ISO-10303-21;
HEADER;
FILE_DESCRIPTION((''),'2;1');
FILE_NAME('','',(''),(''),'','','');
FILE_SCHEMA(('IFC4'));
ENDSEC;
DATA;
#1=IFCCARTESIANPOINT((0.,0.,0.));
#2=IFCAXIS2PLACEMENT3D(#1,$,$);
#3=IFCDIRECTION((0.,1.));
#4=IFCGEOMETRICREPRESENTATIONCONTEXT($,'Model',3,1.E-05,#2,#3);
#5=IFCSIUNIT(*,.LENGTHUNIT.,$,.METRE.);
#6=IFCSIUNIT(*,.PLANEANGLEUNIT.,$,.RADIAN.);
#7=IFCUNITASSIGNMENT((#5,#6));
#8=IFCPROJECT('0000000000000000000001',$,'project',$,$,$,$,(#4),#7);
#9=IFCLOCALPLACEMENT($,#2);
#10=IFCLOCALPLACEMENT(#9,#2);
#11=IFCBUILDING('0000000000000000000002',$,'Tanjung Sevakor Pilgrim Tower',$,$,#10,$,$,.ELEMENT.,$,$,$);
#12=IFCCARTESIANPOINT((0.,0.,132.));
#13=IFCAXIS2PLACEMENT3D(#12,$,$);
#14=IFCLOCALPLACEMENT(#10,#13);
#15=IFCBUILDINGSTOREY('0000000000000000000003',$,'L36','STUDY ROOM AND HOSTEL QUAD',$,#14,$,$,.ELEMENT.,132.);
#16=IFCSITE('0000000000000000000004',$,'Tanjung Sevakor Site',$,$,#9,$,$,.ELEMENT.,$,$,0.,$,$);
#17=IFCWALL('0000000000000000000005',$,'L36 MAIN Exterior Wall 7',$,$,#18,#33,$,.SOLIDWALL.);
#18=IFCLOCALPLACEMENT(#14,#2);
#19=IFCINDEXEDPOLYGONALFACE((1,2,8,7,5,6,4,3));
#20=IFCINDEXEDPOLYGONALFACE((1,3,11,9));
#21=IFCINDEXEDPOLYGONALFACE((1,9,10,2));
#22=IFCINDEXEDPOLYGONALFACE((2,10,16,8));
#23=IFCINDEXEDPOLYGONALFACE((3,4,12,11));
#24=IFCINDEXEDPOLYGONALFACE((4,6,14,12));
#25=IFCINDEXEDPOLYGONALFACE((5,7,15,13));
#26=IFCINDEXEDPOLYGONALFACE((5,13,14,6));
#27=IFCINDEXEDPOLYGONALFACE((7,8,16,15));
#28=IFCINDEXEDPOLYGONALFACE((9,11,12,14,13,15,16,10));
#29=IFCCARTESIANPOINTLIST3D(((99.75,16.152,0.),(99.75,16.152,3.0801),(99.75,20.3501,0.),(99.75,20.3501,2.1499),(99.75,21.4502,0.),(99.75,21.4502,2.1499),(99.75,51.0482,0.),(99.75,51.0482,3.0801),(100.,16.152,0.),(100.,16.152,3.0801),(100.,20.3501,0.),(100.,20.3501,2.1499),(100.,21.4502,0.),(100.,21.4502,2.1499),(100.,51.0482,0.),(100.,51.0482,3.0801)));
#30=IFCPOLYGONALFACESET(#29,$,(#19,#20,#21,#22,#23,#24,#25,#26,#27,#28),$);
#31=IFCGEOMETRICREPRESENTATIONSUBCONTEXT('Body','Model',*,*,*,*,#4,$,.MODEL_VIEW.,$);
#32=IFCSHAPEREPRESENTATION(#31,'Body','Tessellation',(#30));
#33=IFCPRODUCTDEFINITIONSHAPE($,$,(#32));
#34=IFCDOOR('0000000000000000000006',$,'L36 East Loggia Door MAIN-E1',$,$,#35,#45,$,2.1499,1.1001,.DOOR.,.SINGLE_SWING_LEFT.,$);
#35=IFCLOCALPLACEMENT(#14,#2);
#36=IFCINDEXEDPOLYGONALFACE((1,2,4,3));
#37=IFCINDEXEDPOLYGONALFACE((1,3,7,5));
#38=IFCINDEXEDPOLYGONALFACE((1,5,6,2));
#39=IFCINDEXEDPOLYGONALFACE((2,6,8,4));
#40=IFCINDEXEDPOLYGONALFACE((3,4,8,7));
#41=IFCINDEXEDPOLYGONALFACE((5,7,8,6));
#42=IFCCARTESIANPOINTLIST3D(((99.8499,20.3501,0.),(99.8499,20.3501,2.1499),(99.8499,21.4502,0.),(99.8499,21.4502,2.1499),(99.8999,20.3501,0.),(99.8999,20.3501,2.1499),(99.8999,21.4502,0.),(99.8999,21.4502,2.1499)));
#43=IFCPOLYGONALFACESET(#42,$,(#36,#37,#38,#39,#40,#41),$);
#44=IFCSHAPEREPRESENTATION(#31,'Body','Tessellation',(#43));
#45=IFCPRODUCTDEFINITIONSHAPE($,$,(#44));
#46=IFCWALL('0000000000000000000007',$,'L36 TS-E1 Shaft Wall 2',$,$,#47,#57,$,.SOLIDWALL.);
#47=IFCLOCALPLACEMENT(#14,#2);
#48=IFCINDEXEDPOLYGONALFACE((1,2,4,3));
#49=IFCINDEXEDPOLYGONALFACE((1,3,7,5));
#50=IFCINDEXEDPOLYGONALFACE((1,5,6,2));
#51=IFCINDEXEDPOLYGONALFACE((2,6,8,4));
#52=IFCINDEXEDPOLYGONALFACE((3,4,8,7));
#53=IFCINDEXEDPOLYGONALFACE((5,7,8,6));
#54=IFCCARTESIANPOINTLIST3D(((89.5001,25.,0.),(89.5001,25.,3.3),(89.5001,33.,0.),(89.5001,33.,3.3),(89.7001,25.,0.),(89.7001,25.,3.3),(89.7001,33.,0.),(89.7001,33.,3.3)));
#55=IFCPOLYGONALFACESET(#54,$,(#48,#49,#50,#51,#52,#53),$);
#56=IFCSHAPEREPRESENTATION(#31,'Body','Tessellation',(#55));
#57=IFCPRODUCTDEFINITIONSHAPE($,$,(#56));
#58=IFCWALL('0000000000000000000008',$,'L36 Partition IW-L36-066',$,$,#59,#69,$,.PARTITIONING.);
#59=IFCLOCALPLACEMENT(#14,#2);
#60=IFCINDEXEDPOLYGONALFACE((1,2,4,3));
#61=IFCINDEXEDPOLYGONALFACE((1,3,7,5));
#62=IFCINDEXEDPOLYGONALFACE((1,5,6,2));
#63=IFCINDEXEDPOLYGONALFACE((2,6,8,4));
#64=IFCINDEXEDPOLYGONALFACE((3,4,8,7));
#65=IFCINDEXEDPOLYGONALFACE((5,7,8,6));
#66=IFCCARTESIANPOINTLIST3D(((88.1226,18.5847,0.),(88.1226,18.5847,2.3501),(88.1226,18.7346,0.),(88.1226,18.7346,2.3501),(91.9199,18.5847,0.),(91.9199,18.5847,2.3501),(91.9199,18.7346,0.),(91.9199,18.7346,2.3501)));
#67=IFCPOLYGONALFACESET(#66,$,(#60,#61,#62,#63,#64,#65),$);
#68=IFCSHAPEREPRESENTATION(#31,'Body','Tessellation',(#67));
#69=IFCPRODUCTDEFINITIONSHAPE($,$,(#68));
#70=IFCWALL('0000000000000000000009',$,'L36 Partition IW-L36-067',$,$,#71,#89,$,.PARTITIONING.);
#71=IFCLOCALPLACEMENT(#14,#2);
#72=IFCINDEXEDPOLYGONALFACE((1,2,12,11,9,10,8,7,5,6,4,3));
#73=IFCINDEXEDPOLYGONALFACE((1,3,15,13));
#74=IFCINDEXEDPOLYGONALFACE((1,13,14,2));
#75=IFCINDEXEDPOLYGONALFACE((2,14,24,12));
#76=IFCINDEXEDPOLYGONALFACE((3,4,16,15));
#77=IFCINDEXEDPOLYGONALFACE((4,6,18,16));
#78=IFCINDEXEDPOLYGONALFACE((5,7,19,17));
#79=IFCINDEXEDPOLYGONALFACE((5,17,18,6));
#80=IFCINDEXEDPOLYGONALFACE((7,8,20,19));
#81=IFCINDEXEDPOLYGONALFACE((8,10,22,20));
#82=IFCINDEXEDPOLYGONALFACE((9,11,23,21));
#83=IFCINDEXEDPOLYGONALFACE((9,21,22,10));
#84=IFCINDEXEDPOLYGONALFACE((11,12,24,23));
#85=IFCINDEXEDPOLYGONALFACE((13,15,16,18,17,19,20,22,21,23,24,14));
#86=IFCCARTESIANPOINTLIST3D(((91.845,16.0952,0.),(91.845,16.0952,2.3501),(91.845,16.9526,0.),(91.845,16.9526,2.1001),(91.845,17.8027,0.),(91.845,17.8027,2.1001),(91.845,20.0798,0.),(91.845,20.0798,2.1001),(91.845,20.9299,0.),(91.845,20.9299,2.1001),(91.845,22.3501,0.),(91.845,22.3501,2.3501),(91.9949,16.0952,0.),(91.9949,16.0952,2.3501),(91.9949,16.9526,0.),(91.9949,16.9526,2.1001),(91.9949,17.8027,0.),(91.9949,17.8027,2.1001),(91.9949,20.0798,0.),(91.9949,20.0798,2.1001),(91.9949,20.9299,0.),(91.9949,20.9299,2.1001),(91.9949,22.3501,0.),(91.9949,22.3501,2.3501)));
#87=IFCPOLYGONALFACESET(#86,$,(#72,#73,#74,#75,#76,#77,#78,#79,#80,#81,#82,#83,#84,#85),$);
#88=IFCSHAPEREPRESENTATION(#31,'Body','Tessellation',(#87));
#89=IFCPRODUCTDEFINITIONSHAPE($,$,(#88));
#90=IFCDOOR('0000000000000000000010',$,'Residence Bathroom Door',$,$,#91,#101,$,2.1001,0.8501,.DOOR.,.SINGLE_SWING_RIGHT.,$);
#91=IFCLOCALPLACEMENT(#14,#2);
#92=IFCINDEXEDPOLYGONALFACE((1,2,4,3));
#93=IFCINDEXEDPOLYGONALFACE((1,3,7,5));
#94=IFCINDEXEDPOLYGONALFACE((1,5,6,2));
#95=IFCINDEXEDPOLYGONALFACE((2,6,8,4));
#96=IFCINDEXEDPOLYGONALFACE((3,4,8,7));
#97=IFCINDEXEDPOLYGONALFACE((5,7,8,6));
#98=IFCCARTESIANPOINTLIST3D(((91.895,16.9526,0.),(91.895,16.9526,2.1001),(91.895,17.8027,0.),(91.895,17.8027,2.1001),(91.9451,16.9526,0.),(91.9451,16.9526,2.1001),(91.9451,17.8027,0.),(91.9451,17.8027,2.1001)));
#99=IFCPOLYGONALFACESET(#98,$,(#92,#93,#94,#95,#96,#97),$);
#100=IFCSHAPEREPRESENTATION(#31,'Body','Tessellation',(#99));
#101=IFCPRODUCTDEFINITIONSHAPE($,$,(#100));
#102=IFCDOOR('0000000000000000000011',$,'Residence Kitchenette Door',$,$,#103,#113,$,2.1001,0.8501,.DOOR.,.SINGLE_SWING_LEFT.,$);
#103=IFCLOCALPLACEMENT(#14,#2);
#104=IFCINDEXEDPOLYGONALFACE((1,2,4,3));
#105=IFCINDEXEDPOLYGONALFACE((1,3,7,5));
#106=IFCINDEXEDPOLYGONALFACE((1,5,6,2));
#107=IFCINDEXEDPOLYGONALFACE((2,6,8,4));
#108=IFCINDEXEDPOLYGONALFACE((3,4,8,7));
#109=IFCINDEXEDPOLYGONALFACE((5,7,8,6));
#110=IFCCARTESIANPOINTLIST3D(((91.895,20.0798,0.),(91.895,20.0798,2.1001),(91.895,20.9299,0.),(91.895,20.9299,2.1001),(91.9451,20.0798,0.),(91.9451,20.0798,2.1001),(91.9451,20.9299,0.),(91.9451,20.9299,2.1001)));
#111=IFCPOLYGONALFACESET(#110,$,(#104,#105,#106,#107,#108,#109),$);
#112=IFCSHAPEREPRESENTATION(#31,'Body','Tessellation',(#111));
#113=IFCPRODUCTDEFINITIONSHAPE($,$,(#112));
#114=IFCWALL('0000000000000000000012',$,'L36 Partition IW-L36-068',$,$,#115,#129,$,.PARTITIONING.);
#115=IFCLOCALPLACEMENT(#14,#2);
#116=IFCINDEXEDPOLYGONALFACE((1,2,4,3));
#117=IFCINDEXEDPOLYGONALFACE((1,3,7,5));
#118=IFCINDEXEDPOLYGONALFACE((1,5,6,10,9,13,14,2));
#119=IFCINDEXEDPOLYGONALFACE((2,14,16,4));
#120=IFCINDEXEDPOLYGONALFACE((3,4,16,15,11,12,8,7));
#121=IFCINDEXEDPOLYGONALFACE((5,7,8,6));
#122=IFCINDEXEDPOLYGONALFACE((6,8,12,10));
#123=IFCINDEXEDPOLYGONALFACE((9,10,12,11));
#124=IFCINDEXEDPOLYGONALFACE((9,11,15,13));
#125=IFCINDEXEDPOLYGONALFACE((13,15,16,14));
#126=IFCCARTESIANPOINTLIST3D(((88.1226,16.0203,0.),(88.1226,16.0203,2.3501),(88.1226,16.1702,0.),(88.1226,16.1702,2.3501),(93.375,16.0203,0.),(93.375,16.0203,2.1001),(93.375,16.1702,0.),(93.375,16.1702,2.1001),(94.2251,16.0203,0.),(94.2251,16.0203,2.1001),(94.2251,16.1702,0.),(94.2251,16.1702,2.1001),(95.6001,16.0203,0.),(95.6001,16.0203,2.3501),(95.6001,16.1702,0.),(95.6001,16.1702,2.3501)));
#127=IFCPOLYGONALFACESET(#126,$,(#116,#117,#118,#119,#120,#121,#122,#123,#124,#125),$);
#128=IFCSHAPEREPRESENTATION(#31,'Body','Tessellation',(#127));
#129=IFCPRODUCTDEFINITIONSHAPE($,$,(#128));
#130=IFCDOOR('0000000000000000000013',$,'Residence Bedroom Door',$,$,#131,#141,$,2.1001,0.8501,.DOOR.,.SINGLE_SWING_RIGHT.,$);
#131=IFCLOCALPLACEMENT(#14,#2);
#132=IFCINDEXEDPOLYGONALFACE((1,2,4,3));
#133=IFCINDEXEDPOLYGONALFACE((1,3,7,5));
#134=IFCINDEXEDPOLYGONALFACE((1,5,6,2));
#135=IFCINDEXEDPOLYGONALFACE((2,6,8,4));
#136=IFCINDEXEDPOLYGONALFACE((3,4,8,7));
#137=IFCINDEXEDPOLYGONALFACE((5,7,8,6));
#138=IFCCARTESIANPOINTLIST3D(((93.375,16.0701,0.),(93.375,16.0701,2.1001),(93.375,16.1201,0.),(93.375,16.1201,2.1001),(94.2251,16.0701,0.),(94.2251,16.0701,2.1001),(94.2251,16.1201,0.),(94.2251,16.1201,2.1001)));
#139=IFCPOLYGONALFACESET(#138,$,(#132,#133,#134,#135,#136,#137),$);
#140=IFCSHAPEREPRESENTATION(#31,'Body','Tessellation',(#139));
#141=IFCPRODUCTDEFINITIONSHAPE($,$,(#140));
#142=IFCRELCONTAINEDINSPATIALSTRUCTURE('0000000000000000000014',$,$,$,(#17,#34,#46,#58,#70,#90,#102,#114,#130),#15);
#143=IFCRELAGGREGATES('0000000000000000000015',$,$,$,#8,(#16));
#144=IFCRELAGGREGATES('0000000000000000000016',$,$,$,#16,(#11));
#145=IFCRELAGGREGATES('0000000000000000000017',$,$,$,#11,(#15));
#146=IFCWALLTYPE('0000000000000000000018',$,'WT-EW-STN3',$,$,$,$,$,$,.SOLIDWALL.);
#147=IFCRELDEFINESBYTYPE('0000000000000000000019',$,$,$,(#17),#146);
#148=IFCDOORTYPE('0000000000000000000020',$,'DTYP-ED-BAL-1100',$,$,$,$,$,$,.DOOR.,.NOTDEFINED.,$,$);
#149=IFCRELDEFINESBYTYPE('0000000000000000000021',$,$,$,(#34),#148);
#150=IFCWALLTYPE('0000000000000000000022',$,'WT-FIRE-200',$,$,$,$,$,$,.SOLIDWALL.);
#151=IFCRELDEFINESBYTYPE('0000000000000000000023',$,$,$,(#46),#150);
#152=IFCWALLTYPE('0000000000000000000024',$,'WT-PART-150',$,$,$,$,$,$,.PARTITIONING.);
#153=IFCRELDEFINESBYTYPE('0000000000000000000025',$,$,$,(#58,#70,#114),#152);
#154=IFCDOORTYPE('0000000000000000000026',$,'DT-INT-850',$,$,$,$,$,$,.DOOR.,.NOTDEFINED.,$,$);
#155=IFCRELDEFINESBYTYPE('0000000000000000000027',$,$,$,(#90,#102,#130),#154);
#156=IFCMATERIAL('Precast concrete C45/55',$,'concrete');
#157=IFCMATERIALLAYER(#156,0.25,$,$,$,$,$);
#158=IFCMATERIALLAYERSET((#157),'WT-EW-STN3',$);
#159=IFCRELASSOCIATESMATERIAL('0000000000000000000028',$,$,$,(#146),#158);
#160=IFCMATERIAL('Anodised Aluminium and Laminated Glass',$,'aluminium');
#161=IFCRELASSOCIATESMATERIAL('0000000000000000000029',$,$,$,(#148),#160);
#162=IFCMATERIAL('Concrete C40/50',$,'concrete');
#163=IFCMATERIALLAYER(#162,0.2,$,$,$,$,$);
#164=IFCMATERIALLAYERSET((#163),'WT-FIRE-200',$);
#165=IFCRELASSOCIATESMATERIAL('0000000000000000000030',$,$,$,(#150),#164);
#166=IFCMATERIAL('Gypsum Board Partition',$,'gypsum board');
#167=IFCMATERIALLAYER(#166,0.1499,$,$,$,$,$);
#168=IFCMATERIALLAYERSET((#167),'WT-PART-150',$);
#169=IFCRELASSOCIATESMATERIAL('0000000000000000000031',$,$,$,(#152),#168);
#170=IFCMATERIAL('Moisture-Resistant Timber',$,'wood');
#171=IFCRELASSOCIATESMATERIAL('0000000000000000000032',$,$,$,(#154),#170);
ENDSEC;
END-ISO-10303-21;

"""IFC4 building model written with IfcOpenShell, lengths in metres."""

from ifc_helpers import new_model, si_unit, direction, frame, frame_2d, origin, place, context, subcontext, project, spatial, rectangle, extrude, material, layer, layer_set, type_object, element, fill, save


model = new_model("IFC4")

# Units and contexts
model_context = context("Model", 3, precision=1e-05, world=origin(), true_north=direction((0.0, 1.0)))
body_context = subcontext(model_context, "Body", "Model", "MODEL_VIEW")
ifc_project = project(units=[si_unit("LENGTHUNIT", "METRE"), si_unit("PLANEANGLEUNIT", "RADIAN")], contexts=[model_context])

# Site, building, storey
site_placement = place(None, origin())
site = spatial("IfcSite", under=ifc_project, at=site_placement, Name="Tanjung Sevakor Site", CompositionType="ELEMENT", RefElevation=0.0)
building_placement = place(site_placement, origin())
building = spatial("IfcBuilding", under=site, at=building_placement, Name="Tanjung Sevakor Pilgrim Tower", CompositionType="ELEMENT")
storey_placement = place(building_placement, frame((0.0, 0.0, 132.0)))
storey = spatial("IfcBuildingStorey", under=building, at=storey_placement, Name="L36", Description="STUDY ROOM AND HOSTEL QUAD", CompositionType="ELEMENT", Elevation=132.0)

# Shared definitions
ifc_material_1 = material(Name="Precast concrete C45/55", Category="concrete")
ifc_layer_1 = layer(ifc_material_1, 0.25)
ifc_layer_set_1 = layer_set([ifc_layer_1], Name="WT-EW-STN3")
wall_type_1 = type_object("IfcWallType", Name="WT-EW-STN3", PredefinedType="SOLIDWALL", material=ifc_layer_set_1)

# Wall, opening, door
wall_1_placement = place(storey_placement, frame((99.875, 16.1519, 0.0), z_axis=(0.0, 0.0, 1.0), x_axis=(0.0, 1.0, 0.0)))
wall_1 = element("IfcWall", 1, at=wall_1_placement, inside=storey, type_object=wall_type_1, Name="L36 MAIN Exterior Wall 7", PredefinedType="SOLIDWALL", context=body_context, shape_type="SweptSolid", body=[
    extrude(rectangle(XDim=34.8962, YDim=0.25, at=frame_2d((17.4482, 0.0))), origin(), (0.0, 0.0, 1.0), 3.0801),
])
opening_1_placement = place(wall_1_placement, frame((4.1982, 0.0, 0.0)))
opening_1 = element("IfcOpeningElement", 2, at=opening_1_placement, cuts=wall_1, PredefinedType="OPENING", context=body_context, shape_type="SweptSolid", body=[
    extrude(rectangle(XDim=1.1001, YDim=2.1499, at=frame_2d((0.55, 1.075))), frame((0.0, 0.135, 0.0), z_axis=(0.0, -1.0, 0.0), x_axis=(1.0, 0.0, 0.0)), (0.0, 0.0, 1.0), 0.27),
])
ifc_material_2 = material(Name="Anodised Aluminium and Laminated Glass", Category="aluminium")
door_type_1 = type_object("IfcDoorType", Name="DTYP-ED-BAL-1100", OperationType="NOTDEFINED", PredefinedType="DOOR", material=ifc_material_2)
door_1_placement = place(opening_1_placement, frame((1.1001, 0.0, 0.0), z_axis=(0.0, 0.0, 1.0), x_axis=(-1.0, 0.0, 0.0)))
door_1 = element("IfcDoor", 3, at=door_1_placement, inside=storey, type_object=door_type_1, Name="L36 East Loggia Door MAIN-E1", OperationType="SINGLE_SWING_LEFT", OverallHeight=2.1499, OverallWidth=1.1001, PredefinedType="DOOR", context=body_context, shape_type="SweptSolid", body=[
    extrude(rectangle(XDim=1.1001, YDim=2.1499, at=frame_2d((0.55, 1.075))), frame((0.0, 0.0249, 0.0), z_axis=(0.0, -1.0, 0.0), x_axis=(1.0, 0.0, 0.0)), (0.0, 0.0, 1.0), 0.05),
])
fill(opening_1, door_1)

# Walls
ifc_material_3 = material(Name="Concrete C40/50", Category="concrete")
ifc_layer_2 = layer(ifc_material_3, 0.2)
ifc_layer_set_2 = layer_set([ifc_layer_2], Name="WT-FIRE-200")
wall_type_2 = type_object("IfcWallType", Name="WT-FIRE-200", PredefinedType="SOLIDWALL", material=ifc_layer_set_2)
wall_2_placement = place(storey_placement, frame((89.6001, 25.0, 0.0), z_axis=(0.0, 0.0, 1.0), x_axis=(0.0, 1.0, 0.0)))
element("IfcWall", 4, at=wall_2_placement, inside=storey, type_object=wall_type_2, Name="L36 TS-E1 Shaft Wall 2", PredefinedType="SOLIDWALL", context=body_context, shape_type="SweptSolid", body=[
    extrude(rectangle(XDim=8.0, YDim=0.2, at=frame_2d((4.0, 0.0))), origin(), (0.0, 0.0, 1.0), 3.3),
])
ifc_material_4 = material(Name="Gypsum Board Partition", Category="gypsum board")
ifc_layer_3 = layer(ifc_material_4, 0.1499)
ifc_layer_set_3 = layer_set([ifc_layer_3], Name="WT-PART-150")
wall_type_3 = type_object("IfcWallType", Name="WT-PART-150", PredefinedType="PARTITIONING", material=ifc_layer_set_3)
wall_3_placement = place(storey_placement, frame((88.1226, 18.6597, 0.0), z_axis=(0.0, 0.0, 1.0), x_axis=(1.0, 0.0, 0.0)))
element("IfcWall", 5, at=wall_3_placement, inside=storey, type_object=wall_type_3, Name="L36 Partition IW-L36-066", PredefinedType="PARTITIONING", context=body_context, shape_type="SweptSolid", body=[
    extrude(rectangle(XDim=3.7974, YDim=0.1499, at=frame_2d((1.8987, 0.0))), origin(), (0.0, 0.0, 1.0), 2.3501),
])

# Wall, openings, doors
wall_4_placement = place(storey_placement, frame((91.9199, 16.0952, 0.0), z_axis=(0.0, 0.0, 1.0), x_axis=(0.0, 1.0, 0.0)))
wall_4 = element("IfcWall", 6, at=wall_4_placement, inside=storey, type_object=wall_type_3, Name="L36 Partition IW-L36-067", PredefinedType="PARTITIONING", context=body_context, shape_type="SweptSolid", body=[
    extrude(rectangle(XDim=6.2549, YDim=0.1499, at=frame_2d((3.1274, 0.0))), origin(), (0.0, 0.0, 1.0), 2.3501),
])
opening_2_placement = place(wall_4_placement, frame((0.8574, 0.0, 0.0)))
opening_2 = element("IfcOpeningElement", 7, at=opening_2_placement, cuts=wall_4, PredefinedType="OPENING", context=body_context, shape_type="SweptSolid", body=[
    extrude(rectangle(XDim=0.8501, YDim=2.1001, at=frame_2d((0.425, 1.05))), frame((0.0, 0.085, 0.0), z_axis=(0.0, -1.0, 0.0), x_axis=(1.0, 0.0, 0.0)), (0.0, 0.0, 1.0), 0.1699),
])
opening_3_placement = place(wall_4_placement, frame((3.9846, 0.0, 0.0)))
opening_3 = element("IfcOpeningElement", 8, at=opening_3_placement, cuts=wall_4, PredefinedType="OPENING", context=body_context, shape_type="SweptSolid", body=[
    extrude(rectangle(XDim=0.8501, YDim=2.1001, at=frame_2d((0.425, 1.05))), frame((0.0, 0.085, 0.0), z_axis=(0.0, -1.0, 0.0), x_axis=(1.0, 0.0, 0.0)), (0.0, 0.0, 1.0), 0.1699),
])
ifc_material_5 = material(Name="Moisture-Resistant Timber", Category="wood")
door_type_2 = type_object("IfcDoorType", Name="DT-INT-850", OperationType="NOTDEFINED", PredefinedType="DOOR", material=ifc_material_5)
door_2_placement = place(opening_2_placement, origin())
door_2 = element("IfcDoor", 9, at=door_2_placement, inside=storey, type_object=door_type_2, Name="Residence Bathroom Door", OperationType="SINGLE_SWING_RIGHT", OverallHeight=2.1001, OverallWidth=0.8501, PredefinedType="DOOR", context=body_context, shape_type="SweptSolid", body=[
    extrude(rectangle(XDim=0.8501, YDim=2.1001, at=frame_2d((0.425, 1.05))), frame((0.0, 0.0249, 0.0), z_axis=(0.0, -1.0, 0.0), x_axis=(1.0, 0.0, 0.0)), (0.0, 0.0, 1.0), 0.05),
])
fill(opening_2, door_2)
door_3_placement = place(opening_3_placement, origin())
door_3 = element("IfcDoor", 10, at=door_3_placement, inside=storey, type_object=door_type_2, Name="Residence Kitchenette Door", OperationType="SINGLE_SWING_LEFT", OverallHeight=2.1001, OverallWidth=0.8501, PredefinedType="DOOR", context=body_context, shape_type="SweptSolid", body=[
    extrude(rectangle(XDim=0.8501, YDim=2.1001, at=frame_2d((0.425, 1.05))), frame((0.0, 0.0249, 0.0), z_axis=(0.0, -1.0, 0.0), x_axis=(1.0, 0.0, 0.0)), (0.0, 0.0, 1.0), 0.05),
])
fill(opening_3, door_3)

# Wall, opening, door
wall_5_placement = place(storey_placement, frame((88.1226, 16.0952, 0.0), z_axis=(0.0, 0.0, 1.0), x_axis=(1.0, 0.0, 0.0)))
wall_5 = element("IfcWall", 11, at=wall_5_placement, inside=storey, type_object=wall_type_3, Name="L36 Partition IW-L36-068", PredefinedType="PARTITIONING", context=body_context, shape_type="SweptSolid", body=[
    extrude(rectangle(XDim=7.4775, YDim=0.1499, at=frame_2d((3.7388, 0.0))), origin(), (0.0, 0.0, 1.0), 2.3501),
])
opening_4_placement = place(wall_5_placement, frame((5.2524, 0.0, 0.0)))
opening_4 = element("IfcOpeningElement", 12, at=opening_4_placement, cuts=wall_5, PredefinedType="OPENING", context=body_context, shape_type="SweptSolid", body=[
    extrude(rectangle(XDim=0.8501, YDim=2.1001, at=frame_2d((0.425, 1.05))), frame((0.0, 0.085, 0.0), z_axis=(0.0, -1.0, 0.0), x_axis=(1.0, 0.0, 0.0)), (0.0, 0.0, 1.0), 0.1699),
])
door_4_placement = place(opening_4_placement, origin())
door_4 = element("IfcDoor", 13, at=door_4_placement, inside=storey, type_object=door_type_2, Name="Residence Bedroom Door", OperationType="SINGLE_SWING_RIGHT", OverallHeight=2.1001, OverallWidth=0.8501, PredefinedType="DOOR", context=body_context, shape_type="SweptSolid", body=[
    extrude(rectangle(XDim=0.8501, YDim=2.1001, at=frame_2d((0.425, 1.05))), frame((0.0, 0.0249, 0.0), z_axis=(0.0, -1.0, 0.0), x_axis=(1.0, 0.0, 0.0)), (0.0, 0.0, 1.0), 0.05),
])
fill(opening_4, door_4)

save(model, "model.ifc")
